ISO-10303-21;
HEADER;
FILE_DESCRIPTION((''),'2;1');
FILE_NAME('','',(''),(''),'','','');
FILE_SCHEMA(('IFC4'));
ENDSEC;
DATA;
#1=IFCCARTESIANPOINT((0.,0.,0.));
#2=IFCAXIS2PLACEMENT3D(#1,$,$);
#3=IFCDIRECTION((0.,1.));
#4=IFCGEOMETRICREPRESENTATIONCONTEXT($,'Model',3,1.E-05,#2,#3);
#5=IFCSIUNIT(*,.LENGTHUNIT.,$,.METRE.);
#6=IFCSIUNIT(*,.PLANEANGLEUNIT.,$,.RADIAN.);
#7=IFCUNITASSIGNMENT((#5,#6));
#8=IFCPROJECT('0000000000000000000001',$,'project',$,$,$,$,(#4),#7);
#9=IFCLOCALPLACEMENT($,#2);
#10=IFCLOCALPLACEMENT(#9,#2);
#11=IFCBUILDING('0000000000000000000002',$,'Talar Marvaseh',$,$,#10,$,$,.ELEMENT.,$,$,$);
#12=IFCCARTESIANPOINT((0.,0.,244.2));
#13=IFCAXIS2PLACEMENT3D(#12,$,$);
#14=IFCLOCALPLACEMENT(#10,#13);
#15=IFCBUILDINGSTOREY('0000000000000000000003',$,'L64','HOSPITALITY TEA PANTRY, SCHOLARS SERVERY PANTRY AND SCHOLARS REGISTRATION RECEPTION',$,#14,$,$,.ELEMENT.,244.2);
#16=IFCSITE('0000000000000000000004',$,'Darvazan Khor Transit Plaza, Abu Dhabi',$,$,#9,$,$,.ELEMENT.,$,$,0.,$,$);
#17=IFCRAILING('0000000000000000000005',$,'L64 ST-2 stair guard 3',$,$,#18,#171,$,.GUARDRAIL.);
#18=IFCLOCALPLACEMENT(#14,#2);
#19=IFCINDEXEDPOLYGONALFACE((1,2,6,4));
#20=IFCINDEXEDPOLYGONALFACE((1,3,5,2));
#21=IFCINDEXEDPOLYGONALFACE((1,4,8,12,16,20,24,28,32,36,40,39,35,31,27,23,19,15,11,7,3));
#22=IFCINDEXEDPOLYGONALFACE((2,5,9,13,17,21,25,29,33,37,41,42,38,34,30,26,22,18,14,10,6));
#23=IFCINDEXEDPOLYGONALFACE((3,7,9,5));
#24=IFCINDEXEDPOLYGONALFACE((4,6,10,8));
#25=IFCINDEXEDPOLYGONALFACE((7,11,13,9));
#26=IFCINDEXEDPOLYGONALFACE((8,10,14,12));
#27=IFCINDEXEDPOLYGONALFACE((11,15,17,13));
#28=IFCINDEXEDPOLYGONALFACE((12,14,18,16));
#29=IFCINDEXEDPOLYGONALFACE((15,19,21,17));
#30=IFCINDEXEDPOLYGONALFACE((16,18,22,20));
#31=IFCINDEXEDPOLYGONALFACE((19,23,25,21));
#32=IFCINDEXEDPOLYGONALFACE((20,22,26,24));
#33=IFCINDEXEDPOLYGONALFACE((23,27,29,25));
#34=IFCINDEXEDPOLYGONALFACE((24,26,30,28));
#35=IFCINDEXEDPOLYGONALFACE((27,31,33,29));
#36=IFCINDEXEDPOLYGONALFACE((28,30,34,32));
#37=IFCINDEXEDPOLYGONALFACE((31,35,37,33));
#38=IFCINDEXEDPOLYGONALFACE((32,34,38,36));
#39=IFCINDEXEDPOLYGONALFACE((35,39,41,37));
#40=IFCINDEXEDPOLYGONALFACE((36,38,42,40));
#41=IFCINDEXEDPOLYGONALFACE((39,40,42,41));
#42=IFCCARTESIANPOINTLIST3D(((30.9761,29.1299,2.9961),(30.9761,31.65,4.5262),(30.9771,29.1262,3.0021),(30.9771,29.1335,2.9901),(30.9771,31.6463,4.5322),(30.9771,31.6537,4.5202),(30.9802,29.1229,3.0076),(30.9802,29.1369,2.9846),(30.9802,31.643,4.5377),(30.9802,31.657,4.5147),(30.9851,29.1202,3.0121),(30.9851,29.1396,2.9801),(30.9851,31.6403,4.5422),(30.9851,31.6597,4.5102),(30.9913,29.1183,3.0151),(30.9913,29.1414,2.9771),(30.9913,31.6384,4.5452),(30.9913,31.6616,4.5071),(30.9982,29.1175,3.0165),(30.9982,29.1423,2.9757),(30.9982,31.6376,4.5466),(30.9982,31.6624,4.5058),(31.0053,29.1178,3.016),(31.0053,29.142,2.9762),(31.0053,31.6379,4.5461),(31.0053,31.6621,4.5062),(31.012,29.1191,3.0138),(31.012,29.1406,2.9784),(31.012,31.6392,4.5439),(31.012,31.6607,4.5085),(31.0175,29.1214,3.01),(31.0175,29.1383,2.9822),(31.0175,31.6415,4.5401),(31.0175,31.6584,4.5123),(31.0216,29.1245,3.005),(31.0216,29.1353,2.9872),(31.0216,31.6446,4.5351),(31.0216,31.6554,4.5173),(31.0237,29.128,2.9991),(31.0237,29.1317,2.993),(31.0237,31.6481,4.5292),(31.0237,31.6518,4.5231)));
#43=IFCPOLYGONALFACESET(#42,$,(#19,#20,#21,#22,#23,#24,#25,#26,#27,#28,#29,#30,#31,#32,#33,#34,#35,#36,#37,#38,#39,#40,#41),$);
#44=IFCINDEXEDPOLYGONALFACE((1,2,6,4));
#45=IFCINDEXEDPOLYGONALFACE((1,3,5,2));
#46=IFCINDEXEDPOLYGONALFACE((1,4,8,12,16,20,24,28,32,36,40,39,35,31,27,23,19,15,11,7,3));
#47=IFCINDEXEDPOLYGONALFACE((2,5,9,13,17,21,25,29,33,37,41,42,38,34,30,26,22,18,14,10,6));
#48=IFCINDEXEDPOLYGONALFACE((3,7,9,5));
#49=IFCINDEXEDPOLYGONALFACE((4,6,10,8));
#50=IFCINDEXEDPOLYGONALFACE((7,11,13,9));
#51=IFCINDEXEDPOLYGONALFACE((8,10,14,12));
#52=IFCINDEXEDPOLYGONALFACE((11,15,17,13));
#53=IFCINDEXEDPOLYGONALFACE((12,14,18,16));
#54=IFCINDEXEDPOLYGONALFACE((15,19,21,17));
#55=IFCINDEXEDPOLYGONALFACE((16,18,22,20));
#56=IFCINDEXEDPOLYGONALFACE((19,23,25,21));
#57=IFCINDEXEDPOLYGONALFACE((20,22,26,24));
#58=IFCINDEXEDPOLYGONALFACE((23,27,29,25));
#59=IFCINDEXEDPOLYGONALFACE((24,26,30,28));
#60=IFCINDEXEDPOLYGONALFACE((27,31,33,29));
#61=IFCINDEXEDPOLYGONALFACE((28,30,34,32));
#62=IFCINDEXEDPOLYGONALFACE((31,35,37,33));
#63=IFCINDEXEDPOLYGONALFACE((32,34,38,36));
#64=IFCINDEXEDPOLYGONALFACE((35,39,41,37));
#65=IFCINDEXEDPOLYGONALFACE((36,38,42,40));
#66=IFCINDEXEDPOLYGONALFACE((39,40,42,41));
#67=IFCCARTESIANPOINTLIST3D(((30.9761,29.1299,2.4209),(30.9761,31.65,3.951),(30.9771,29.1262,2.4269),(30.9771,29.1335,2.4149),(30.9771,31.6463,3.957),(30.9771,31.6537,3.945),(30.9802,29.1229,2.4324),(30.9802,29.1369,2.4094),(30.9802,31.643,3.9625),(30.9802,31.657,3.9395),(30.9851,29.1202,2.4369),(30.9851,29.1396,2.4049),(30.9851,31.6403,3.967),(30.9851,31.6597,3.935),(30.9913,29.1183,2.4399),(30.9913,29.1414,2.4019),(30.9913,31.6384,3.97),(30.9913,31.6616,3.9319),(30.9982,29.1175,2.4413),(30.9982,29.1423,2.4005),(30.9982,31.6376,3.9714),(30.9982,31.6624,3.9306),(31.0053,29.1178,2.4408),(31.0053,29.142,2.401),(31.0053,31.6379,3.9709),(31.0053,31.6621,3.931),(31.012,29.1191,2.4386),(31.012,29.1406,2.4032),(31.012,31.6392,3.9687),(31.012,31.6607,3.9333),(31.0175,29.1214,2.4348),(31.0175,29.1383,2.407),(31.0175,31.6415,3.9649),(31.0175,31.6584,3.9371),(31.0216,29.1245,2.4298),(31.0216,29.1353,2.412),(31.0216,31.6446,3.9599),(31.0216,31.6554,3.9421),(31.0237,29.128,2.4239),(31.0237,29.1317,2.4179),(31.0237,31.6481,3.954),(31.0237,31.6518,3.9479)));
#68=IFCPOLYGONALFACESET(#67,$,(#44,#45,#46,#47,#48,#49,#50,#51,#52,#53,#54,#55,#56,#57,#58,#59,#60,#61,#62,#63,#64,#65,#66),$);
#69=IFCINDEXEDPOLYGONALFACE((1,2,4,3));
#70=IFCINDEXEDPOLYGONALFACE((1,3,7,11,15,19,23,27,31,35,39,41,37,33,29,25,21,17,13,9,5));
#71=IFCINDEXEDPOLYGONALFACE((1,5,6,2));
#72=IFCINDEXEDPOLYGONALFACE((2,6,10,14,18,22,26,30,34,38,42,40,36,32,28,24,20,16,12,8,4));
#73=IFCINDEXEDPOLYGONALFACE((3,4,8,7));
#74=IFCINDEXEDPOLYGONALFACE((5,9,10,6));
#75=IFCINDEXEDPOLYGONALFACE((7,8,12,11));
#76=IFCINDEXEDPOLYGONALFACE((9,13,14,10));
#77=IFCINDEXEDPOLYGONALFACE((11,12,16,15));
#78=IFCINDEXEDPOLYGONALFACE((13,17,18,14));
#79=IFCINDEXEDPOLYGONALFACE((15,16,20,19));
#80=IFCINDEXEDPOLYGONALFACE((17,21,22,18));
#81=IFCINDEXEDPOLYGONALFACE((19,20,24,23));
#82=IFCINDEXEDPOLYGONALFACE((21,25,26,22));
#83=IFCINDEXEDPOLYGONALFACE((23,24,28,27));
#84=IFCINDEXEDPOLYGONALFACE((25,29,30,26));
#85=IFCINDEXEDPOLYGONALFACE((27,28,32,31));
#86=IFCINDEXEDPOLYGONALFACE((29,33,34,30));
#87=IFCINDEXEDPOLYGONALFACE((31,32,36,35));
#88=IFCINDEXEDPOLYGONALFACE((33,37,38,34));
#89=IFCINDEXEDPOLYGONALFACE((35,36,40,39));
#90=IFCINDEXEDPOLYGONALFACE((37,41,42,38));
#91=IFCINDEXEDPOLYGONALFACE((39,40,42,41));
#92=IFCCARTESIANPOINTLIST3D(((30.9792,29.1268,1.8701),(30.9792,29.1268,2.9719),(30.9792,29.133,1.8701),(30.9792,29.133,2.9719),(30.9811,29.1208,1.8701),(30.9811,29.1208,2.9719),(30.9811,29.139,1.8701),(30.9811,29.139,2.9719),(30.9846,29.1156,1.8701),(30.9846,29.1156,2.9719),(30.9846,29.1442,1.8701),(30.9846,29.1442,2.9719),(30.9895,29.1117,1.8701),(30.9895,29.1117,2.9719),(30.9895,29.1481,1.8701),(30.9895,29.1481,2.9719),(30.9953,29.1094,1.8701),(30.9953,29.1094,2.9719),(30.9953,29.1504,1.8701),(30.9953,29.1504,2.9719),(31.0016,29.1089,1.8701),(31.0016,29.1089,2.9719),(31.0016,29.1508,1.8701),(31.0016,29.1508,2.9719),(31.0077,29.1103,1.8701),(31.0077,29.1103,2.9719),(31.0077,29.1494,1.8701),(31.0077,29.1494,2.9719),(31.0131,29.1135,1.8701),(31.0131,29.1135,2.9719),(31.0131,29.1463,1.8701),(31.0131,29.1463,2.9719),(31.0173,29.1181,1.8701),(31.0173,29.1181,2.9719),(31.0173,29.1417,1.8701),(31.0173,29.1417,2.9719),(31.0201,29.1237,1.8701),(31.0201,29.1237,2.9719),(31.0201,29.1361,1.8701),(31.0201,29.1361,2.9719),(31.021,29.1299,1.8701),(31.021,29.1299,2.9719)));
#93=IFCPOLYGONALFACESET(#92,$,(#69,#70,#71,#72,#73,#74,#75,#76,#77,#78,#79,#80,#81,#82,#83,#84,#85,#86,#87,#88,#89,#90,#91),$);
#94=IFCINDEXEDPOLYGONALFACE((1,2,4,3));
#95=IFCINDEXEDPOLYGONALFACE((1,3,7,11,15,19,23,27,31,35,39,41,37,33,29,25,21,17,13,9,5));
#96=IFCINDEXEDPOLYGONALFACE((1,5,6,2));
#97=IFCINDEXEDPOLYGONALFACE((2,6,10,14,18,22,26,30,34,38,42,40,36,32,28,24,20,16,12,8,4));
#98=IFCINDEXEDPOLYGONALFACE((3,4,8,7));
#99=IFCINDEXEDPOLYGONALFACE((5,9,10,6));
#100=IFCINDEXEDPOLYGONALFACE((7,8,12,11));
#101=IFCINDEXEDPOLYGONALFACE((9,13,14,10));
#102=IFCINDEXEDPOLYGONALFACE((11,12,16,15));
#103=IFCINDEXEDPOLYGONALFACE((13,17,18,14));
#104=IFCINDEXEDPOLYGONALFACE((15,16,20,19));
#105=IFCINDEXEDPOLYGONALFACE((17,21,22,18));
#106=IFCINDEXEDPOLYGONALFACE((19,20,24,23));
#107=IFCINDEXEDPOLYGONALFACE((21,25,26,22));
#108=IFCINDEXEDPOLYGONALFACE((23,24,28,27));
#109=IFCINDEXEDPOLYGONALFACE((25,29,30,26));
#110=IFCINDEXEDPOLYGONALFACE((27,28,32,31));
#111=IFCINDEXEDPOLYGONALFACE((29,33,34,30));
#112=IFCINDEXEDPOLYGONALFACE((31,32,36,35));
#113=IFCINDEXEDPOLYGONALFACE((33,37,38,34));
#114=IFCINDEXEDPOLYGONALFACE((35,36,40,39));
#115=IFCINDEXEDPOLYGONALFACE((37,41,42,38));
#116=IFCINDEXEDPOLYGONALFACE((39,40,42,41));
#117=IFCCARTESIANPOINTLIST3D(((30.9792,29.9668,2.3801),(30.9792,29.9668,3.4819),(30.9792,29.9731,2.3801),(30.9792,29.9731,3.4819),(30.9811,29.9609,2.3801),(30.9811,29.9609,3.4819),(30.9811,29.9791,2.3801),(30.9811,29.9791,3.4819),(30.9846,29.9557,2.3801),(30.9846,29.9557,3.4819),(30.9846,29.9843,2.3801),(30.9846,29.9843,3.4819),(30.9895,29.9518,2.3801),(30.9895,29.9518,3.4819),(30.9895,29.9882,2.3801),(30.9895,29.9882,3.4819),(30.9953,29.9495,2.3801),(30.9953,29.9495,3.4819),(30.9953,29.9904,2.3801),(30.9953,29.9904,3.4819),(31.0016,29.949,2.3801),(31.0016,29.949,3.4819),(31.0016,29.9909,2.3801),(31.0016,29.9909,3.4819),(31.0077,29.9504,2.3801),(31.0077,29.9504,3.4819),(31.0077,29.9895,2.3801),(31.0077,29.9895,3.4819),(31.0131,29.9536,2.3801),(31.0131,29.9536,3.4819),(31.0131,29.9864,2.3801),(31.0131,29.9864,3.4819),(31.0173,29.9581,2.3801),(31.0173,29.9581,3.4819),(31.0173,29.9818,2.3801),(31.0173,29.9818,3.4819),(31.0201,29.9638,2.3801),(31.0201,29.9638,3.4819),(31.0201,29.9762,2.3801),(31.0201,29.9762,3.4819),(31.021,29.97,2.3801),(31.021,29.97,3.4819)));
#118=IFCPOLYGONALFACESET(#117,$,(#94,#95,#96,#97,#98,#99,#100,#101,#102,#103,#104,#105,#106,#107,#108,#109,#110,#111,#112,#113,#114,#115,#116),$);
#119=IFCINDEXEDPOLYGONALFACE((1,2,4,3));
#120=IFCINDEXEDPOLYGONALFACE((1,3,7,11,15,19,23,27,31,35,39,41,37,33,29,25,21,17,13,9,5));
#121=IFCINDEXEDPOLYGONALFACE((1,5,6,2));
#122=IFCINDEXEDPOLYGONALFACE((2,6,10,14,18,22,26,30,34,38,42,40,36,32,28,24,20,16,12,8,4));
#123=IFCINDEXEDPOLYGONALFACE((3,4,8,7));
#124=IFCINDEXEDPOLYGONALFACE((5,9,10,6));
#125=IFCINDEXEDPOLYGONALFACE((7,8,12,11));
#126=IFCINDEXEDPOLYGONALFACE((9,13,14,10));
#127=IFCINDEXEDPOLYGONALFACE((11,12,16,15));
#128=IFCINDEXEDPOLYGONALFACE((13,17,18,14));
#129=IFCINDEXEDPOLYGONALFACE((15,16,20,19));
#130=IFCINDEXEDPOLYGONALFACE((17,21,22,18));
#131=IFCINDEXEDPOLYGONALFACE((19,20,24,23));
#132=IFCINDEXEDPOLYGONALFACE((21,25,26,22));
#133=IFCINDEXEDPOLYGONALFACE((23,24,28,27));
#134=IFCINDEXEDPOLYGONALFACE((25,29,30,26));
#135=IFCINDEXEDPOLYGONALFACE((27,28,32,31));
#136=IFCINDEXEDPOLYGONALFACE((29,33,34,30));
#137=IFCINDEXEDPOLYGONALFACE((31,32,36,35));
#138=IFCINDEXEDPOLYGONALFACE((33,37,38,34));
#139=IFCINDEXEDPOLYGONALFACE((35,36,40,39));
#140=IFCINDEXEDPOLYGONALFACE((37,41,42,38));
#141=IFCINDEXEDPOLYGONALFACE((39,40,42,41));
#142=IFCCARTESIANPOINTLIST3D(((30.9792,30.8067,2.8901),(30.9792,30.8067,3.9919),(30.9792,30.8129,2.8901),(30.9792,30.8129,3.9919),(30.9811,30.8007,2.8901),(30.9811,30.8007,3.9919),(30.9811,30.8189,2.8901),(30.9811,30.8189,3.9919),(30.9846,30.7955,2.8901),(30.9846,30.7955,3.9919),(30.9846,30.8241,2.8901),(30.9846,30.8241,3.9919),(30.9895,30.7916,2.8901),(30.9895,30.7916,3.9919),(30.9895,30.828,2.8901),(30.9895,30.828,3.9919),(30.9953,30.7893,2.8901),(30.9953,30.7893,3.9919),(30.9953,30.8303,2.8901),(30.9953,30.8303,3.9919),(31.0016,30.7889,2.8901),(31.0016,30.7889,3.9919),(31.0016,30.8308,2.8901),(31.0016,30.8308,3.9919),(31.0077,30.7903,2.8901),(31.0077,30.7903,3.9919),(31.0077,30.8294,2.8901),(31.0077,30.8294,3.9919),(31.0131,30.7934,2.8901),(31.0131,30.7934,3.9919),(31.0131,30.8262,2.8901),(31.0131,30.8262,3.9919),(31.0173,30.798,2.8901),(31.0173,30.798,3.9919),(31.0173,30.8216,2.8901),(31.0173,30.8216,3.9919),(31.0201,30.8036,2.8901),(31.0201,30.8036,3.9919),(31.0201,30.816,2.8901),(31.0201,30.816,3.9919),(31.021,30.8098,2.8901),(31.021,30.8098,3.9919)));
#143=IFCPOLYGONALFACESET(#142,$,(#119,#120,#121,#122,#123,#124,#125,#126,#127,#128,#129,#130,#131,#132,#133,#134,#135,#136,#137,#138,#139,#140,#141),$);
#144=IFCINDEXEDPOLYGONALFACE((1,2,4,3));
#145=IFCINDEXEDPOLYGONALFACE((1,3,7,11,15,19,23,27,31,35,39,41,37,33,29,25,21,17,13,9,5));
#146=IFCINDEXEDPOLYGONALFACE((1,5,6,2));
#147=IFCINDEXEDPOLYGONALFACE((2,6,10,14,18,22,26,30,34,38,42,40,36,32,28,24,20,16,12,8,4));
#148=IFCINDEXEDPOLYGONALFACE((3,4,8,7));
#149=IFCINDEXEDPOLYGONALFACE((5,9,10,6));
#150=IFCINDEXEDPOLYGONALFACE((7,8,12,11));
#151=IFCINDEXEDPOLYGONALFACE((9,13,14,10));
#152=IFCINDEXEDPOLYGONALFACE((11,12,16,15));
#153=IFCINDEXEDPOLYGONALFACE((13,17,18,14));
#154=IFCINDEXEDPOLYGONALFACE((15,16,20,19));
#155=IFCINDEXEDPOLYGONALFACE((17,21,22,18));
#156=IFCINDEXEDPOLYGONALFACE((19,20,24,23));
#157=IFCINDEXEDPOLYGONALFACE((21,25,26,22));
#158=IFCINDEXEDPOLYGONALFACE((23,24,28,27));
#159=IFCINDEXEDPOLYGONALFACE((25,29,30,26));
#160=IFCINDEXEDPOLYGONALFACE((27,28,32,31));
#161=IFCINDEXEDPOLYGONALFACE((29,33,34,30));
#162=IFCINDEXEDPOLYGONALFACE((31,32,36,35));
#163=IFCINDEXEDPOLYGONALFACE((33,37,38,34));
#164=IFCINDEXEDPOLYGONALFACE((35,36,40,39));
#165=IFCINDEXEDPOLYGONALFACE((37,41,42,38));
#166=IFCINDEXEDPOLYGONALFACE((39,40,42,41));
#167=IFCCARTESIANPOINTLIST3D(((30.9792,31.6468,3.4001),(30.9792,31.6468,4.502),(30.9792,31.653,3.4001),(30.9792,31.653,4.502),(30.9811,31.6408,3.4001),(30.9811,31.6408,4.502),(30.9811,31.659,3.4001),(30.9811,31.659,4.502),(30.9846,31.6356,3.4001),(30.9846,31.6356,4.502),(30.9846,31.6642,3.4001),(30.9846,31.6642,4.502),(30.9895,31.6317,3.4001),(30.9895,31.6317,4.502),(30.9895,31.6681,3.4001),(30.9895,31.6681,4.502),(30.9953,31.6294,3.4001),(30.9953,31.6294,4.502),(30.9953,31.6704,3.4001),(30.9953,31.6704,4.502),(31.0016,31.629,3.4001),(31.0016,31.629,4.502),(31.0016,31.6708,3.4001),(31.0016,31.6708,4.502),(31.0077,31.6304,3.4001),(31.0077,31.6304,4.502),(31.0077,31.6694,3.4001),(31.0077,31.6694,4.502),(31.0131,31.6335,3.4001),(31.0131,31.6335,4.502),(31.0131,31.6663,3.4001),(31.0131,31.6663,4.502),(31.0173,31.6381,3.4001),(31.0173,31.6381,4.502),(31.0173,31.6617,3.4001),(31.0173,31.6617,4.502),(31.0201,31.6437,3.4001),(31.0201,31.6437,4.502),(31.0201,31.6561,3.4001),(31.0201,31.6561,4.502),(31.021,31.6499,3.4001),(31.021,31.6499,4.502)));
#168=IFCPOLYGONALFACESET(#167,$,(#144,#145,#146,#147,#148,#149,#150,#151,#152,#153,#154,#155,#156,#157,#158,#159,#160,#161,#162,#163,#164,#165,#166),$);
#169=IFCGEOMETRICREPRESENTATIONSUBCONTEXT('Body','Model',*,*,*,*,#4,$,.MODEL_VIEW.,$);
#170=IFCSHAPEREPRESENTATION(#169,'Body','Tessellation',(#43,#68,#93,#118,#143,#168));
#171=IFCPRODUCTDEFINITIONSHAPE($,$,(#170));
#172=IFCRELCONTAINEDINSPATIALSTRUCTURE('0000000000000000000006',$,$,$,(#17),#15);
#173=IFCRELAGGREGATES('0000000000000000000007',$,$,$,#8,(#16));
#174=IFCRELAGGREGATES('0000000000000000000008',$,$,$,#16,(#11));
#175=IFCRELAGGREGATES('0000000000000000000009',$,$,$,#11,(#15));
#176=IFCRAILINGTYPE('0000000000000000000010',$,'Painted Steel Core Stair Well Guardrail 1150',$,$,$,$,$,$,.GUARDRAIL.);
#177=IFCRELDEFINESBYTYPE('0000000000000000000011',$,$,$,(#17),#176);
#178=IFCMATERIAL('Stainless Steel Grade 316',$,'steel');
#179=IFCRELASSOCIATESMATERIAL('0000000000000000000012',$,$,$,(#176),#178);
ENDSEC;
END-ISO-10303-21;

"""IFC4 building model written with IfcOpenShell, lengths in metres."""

from ifc_helpers import new_model, si_unit, direction, frame, origin, origin_2d, place, context, subcontext, project, spatial, circle, extrude, material, type_object, element, save


model = new_model("IFC4")

# Units and contexts
model_context = context("Model", 3, precision=1e-05, world=origin(), true_north=direction((0.0, 1.0)))
body_context = subcontext(model_context, "Body", "Model", "MODEL_VIEW")
ifc_project = project(units=[si_unit("LENGTHUNIT", "METRE"), si_unit("PLANEANGLEUNIT", "RADIAN")], contexts=[model_context])

# Site, building, storey
site_placement = place(None, origin())
site = spatial("IfcSite", under=ifc_project, at=site_placement, Name="Darvazan Khor Transit Plaza, Abu Dhabi", CompositionType="ELEMENT", RefElevation=0.0)
building_placement = place(site_placement, origin())
building = spatial("IfcBuilding", under=site, at=building_placement, Name="Talar Marvaseh", CompositionType="ELEMENT")
storey_placement = place(building_placement, frame((0.0, 0.0, 244.2)))
storey = spatial("IfcBuildingStorey", under=building, at=storey_placement, Name="L64", Description="HOSPITALITY TEA PANTRY, SCHOLARS SERVERY PANTRY AND SCHOLARS REGISTRATION RECEPTION", CompositionType="ELEMENT", Elevation=244.2)

# Shared definitions
ifc_material_1 = material(Name="Stainless Steel Grade 316", Category="steel")

# Railing
railing_type_1 = type_object("IfcRailingType", Name="Painted Steel Core Stair Well Guardrail 1150", PredefinedType="GUARDRAIL", material=ifc_material_1)
railing_1_placement = place(storey_placement, frame((31.0, 29.1299, 1.8701)))
element("IfcRailing", 1, at=railing_1_placement, inside=storey, type_object=railing_type_1, Name="L64 ST-2 stair guard 3", PredefinedType="GUARDRAIL", context=body_context, shape_type="SweptSolid", body=[
    extrude(circle(Radius=0.0239, at=origin_2d()), frame((0.0, 0.0, 1.126), z_axis=(0.0, 0.854785, 0.518982), x_axis=(-1.0, 0.0, 0.0)), (0.0, 0.0, 1.0), 2.9482),
    extrude(circle(Radius=0.0239, at=origin_2d()), frame((0.0, 0.0, 0.5508), z_axis=(0.0, 0.854785, 0.518982), x_axis=(-1.0, 0.0, 0.0)), (0.0, 0.0, 1.0), 2.9482),
    extrude(circle(Radius=0.021, at=origin_2d()), origin(), (0.0, 0.0, 1.0), 1.1018),
    extrude(circle(Radius=0.021, at=origin_2d()), frame((0.0, 0.8401, 0.51)), (0.0, 0.0, 1.0), 1.1018),
    extrude(circle(Radius=0.021, at=origin_2d()), frame((0.0, 1.6799, 1.02)), (0.0, 0.0, 1.0), 1.1018),
    extrude(circle(Radius=0.021, at=origin_2d()), frame((0.0, 2.52, 1.53)), (0.0, 0.0, 1.0), 1.1018),
])

save(model, "model.ifc")
